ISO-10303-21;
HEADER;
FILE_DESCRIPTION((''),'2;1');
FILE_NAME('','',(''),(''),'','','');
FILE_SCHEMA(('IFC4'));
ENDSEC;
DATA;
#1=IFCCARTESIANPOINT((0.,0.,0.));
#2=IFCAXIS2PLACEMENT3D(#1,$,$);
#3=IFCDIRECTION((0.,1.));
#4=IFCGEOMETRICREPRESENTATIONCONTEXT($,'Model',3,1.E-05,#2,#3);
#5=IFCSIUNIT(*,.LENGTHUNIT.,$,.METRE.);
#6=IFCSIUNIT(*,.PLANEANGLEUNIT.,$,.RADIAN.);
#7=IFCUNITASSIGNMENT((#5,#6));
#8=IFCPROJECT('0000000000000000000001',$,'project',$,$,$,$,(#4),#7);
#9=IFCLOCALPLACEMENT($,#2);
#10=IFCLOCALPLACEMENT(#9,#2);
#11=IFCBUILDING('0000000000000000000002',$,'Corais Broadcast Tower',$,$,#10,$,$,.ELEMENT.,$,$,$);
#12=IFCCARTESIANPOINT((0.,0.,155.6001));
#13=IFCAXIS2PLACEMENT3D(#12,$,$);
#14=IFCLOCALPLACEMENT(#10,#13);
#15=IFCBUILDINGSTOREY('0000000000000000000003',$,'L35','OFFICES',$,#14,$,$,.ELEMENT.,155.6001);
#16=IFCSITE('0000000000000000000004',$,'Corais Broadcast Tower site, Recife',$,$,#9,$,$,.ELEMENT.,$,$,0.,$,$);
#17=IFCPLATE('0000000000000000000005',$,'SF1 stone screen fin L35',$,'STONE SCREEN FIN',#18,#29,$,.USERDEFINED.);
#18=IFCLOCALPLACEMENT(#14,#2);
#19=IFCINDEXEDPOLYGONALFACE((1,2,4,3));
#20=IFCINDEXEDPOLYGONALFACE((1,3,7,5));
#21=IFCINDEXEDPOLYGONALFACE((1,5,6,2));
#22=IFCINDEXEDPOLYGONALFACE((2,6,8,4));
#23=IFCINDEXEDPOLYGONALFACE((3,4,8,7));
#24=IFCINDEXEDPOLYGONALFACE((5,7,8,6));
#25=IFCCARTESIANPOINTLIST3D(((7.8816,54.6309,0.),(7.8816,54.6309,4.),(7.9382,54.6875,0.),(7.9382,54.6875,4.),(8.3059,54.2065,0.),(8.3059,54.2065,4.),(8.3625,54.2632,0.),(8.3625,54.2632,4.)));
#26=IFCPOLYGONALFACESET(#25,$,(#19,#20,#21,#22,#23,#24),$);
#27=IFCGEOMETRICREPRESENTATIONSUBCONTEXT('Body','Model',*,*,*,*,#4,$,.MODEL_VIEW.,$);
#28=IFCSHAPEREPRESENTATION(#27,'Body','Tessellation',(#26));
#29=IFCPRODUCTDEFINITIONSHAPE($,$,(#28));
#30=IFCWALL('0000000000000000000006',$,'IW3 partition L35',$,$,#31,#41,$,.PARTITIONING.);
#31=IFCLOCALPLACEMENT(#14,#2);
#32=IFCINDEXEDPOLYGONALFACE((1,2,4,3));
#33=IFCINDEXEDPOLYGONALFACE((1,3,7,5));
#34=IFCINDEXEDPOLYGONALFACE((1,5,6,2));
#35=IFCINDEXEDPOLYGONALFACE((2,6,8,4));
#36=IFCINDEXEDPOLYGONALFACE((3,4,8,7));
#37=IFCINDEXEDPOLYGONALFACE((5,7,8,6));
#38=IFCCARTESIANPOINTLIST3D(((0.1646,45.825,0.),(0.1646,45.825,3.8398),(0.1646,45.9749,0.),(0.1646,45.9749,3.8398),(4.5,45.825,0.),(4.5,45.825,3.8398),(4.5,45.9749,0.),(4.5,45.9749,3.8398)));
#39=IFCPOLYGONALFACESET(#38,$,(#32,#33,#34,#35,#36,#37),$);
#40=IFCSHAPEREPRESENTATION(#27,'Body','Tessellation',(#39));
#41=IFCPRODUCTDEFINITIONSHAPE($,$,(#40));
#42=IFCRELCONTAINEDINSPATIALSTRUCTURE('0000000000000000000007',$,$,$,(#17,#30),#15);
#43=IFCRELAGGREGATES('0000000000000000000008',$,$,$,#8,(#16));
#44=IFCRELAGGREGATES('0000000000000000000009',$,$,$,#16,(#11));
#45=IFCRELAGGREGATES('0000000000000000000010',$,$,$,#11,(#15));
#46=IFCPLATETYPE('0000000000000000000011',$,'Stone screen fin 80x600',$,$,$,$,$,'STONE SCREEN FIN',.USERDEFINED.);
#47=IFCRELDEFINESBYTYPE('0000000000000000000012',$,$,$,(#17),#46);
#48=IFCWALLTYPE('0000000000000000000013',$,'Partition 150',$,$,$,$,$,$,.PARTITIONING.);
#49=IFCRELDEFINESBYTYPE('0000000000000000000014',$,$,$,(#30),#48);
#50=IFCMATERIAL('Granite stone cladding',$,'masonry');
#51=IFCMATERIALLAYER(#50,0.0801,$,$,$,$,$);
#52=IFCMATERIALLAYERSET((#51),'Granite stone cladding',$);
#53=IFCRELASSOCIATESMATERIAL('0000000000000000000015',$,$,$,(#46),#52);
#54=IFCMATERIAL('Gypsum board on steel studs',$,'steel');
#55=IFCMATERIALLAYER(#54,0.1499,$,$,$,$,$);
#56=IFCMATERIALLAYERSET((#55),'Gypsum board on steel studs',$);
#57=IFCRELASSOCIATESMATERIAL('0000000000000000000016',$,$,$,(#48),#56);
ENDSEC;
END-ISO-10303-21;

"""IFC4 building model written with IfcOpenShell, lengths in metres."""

from ifc_helpers import new_model, si_unit, direction, frame, frame_2d, origin, origin_2d, place, context, subcontext, project, spatial, rectangle, extrude, material, layer, layer_set, type_object, element, save


model = new_model("IFC4")

# Units and contexts
model_context = context("Model", 3, precision=1e-05, world=origin(), true_north=direction((0.0, 1.0)))
body_context = subcontext(model_context, "Body", "Model", "MODEL_VIEW")
ifc_project = project(units=[si_unit("LENGTHUNIT", "METRE"), si_unit("PLANEANGLEUNIT", "RADIAN")], contexts=[model_context])

# Site, building, storey
site_placement = place(None, origin())
site = spatial("IfcSite", under=ifc_project, at=site_placement, Name="Corais Broadcast Tower site, Recife", CompositionType="ELEMENT", RefElevation=0.0)
building_placement = place(site_placement, origin())
building = spatial("IfcBuilding", under=site, at=building_placement, Name="Corais Broadcast Tower", CompositionType="ELEMENT")
storey_placement = place(building_placement, frame((0.0, 0.0, 155.6001)))
storey = spatial("IfcBuildingStorey", under=building, at=storey_placement, Name="L35", Description="OFFICES", CompositionType="ELEMENT", Elevation=155.6001)

# Plate
ifc_material_1 = material(Name="Granite stone cladding", Category="masonry")
ifc_layer_1 = layer(ifc_material_1, 0.0801)
ifc_layer_set_1 = layer_set([ifc_layer_1], Name="Granite stone cladding")
plate_type_1 = type_object("IfcPlateType", Name="Stone screen fin 80x600", ElementType="STONE SCREEN FIN", PredefinedType="USERDEFINED", material=ifc_layer_set_1)
for number, where, z_axis, x_axis, name in (
    (1, (8.1221, 54.447, 0.0), (0.0, 0.0, 1.0), (0.707107, 0.707107, 0.0), "SF1 stone screen fin L35"),
):
    element("IfcPlate", number, at=place(storey_placement, frame(where, z_axis=z_axis, x_axis=x_axis)), inside=storey, type_object=plate_type_1, Name=name, ObjectType="STONE SCREEN FIN", PredefinedType="USERDEFINED", context=body_context, shape_type="SweptSolid", body=[
        extrude(rectangle(XDim=0.0801, YDim=0.6001, at=origin_2d()), origin(), (0.0, 0.0, 1.0), 4.0),
    ])

# Wall
ifc_material_2 = material(Name="Gypsum board on steel studs", Category="steel")
ifc_layer_2 = layer(ifc_material_2, 0.1499)
ifc_layer_set_2 = layer_set([ifc_layer_2], Name="Gypsum board on steel studs")
wall_type = type_object("IfcWallType", Name="Partition 150", PredefinedType="PARTITIONING", material=ifc_layer_set_2)
wall_placement = place(storey_placement, frame((4.5, 45.8999, 0.0), z_axis=(0.0, 0.0, 1.0), x_axis=(-1.0, 0.0, 0.0)))
element("IfcWall", 2, at=wall_placement, inside=storey, type_object=wall_type, Name="IW3 partition L35", PredefinedType="PARTITIONING", context=body_context, shape_type="SweptSolid", body=[
    extrude(rectangle(XDim=4.3354, YDim=0.1499, at=frame_2d((2.1677, 0.0))), origin(), (0.0, 0.0, 1.0), 3.8398),
])

save(model, "model.ifc")
